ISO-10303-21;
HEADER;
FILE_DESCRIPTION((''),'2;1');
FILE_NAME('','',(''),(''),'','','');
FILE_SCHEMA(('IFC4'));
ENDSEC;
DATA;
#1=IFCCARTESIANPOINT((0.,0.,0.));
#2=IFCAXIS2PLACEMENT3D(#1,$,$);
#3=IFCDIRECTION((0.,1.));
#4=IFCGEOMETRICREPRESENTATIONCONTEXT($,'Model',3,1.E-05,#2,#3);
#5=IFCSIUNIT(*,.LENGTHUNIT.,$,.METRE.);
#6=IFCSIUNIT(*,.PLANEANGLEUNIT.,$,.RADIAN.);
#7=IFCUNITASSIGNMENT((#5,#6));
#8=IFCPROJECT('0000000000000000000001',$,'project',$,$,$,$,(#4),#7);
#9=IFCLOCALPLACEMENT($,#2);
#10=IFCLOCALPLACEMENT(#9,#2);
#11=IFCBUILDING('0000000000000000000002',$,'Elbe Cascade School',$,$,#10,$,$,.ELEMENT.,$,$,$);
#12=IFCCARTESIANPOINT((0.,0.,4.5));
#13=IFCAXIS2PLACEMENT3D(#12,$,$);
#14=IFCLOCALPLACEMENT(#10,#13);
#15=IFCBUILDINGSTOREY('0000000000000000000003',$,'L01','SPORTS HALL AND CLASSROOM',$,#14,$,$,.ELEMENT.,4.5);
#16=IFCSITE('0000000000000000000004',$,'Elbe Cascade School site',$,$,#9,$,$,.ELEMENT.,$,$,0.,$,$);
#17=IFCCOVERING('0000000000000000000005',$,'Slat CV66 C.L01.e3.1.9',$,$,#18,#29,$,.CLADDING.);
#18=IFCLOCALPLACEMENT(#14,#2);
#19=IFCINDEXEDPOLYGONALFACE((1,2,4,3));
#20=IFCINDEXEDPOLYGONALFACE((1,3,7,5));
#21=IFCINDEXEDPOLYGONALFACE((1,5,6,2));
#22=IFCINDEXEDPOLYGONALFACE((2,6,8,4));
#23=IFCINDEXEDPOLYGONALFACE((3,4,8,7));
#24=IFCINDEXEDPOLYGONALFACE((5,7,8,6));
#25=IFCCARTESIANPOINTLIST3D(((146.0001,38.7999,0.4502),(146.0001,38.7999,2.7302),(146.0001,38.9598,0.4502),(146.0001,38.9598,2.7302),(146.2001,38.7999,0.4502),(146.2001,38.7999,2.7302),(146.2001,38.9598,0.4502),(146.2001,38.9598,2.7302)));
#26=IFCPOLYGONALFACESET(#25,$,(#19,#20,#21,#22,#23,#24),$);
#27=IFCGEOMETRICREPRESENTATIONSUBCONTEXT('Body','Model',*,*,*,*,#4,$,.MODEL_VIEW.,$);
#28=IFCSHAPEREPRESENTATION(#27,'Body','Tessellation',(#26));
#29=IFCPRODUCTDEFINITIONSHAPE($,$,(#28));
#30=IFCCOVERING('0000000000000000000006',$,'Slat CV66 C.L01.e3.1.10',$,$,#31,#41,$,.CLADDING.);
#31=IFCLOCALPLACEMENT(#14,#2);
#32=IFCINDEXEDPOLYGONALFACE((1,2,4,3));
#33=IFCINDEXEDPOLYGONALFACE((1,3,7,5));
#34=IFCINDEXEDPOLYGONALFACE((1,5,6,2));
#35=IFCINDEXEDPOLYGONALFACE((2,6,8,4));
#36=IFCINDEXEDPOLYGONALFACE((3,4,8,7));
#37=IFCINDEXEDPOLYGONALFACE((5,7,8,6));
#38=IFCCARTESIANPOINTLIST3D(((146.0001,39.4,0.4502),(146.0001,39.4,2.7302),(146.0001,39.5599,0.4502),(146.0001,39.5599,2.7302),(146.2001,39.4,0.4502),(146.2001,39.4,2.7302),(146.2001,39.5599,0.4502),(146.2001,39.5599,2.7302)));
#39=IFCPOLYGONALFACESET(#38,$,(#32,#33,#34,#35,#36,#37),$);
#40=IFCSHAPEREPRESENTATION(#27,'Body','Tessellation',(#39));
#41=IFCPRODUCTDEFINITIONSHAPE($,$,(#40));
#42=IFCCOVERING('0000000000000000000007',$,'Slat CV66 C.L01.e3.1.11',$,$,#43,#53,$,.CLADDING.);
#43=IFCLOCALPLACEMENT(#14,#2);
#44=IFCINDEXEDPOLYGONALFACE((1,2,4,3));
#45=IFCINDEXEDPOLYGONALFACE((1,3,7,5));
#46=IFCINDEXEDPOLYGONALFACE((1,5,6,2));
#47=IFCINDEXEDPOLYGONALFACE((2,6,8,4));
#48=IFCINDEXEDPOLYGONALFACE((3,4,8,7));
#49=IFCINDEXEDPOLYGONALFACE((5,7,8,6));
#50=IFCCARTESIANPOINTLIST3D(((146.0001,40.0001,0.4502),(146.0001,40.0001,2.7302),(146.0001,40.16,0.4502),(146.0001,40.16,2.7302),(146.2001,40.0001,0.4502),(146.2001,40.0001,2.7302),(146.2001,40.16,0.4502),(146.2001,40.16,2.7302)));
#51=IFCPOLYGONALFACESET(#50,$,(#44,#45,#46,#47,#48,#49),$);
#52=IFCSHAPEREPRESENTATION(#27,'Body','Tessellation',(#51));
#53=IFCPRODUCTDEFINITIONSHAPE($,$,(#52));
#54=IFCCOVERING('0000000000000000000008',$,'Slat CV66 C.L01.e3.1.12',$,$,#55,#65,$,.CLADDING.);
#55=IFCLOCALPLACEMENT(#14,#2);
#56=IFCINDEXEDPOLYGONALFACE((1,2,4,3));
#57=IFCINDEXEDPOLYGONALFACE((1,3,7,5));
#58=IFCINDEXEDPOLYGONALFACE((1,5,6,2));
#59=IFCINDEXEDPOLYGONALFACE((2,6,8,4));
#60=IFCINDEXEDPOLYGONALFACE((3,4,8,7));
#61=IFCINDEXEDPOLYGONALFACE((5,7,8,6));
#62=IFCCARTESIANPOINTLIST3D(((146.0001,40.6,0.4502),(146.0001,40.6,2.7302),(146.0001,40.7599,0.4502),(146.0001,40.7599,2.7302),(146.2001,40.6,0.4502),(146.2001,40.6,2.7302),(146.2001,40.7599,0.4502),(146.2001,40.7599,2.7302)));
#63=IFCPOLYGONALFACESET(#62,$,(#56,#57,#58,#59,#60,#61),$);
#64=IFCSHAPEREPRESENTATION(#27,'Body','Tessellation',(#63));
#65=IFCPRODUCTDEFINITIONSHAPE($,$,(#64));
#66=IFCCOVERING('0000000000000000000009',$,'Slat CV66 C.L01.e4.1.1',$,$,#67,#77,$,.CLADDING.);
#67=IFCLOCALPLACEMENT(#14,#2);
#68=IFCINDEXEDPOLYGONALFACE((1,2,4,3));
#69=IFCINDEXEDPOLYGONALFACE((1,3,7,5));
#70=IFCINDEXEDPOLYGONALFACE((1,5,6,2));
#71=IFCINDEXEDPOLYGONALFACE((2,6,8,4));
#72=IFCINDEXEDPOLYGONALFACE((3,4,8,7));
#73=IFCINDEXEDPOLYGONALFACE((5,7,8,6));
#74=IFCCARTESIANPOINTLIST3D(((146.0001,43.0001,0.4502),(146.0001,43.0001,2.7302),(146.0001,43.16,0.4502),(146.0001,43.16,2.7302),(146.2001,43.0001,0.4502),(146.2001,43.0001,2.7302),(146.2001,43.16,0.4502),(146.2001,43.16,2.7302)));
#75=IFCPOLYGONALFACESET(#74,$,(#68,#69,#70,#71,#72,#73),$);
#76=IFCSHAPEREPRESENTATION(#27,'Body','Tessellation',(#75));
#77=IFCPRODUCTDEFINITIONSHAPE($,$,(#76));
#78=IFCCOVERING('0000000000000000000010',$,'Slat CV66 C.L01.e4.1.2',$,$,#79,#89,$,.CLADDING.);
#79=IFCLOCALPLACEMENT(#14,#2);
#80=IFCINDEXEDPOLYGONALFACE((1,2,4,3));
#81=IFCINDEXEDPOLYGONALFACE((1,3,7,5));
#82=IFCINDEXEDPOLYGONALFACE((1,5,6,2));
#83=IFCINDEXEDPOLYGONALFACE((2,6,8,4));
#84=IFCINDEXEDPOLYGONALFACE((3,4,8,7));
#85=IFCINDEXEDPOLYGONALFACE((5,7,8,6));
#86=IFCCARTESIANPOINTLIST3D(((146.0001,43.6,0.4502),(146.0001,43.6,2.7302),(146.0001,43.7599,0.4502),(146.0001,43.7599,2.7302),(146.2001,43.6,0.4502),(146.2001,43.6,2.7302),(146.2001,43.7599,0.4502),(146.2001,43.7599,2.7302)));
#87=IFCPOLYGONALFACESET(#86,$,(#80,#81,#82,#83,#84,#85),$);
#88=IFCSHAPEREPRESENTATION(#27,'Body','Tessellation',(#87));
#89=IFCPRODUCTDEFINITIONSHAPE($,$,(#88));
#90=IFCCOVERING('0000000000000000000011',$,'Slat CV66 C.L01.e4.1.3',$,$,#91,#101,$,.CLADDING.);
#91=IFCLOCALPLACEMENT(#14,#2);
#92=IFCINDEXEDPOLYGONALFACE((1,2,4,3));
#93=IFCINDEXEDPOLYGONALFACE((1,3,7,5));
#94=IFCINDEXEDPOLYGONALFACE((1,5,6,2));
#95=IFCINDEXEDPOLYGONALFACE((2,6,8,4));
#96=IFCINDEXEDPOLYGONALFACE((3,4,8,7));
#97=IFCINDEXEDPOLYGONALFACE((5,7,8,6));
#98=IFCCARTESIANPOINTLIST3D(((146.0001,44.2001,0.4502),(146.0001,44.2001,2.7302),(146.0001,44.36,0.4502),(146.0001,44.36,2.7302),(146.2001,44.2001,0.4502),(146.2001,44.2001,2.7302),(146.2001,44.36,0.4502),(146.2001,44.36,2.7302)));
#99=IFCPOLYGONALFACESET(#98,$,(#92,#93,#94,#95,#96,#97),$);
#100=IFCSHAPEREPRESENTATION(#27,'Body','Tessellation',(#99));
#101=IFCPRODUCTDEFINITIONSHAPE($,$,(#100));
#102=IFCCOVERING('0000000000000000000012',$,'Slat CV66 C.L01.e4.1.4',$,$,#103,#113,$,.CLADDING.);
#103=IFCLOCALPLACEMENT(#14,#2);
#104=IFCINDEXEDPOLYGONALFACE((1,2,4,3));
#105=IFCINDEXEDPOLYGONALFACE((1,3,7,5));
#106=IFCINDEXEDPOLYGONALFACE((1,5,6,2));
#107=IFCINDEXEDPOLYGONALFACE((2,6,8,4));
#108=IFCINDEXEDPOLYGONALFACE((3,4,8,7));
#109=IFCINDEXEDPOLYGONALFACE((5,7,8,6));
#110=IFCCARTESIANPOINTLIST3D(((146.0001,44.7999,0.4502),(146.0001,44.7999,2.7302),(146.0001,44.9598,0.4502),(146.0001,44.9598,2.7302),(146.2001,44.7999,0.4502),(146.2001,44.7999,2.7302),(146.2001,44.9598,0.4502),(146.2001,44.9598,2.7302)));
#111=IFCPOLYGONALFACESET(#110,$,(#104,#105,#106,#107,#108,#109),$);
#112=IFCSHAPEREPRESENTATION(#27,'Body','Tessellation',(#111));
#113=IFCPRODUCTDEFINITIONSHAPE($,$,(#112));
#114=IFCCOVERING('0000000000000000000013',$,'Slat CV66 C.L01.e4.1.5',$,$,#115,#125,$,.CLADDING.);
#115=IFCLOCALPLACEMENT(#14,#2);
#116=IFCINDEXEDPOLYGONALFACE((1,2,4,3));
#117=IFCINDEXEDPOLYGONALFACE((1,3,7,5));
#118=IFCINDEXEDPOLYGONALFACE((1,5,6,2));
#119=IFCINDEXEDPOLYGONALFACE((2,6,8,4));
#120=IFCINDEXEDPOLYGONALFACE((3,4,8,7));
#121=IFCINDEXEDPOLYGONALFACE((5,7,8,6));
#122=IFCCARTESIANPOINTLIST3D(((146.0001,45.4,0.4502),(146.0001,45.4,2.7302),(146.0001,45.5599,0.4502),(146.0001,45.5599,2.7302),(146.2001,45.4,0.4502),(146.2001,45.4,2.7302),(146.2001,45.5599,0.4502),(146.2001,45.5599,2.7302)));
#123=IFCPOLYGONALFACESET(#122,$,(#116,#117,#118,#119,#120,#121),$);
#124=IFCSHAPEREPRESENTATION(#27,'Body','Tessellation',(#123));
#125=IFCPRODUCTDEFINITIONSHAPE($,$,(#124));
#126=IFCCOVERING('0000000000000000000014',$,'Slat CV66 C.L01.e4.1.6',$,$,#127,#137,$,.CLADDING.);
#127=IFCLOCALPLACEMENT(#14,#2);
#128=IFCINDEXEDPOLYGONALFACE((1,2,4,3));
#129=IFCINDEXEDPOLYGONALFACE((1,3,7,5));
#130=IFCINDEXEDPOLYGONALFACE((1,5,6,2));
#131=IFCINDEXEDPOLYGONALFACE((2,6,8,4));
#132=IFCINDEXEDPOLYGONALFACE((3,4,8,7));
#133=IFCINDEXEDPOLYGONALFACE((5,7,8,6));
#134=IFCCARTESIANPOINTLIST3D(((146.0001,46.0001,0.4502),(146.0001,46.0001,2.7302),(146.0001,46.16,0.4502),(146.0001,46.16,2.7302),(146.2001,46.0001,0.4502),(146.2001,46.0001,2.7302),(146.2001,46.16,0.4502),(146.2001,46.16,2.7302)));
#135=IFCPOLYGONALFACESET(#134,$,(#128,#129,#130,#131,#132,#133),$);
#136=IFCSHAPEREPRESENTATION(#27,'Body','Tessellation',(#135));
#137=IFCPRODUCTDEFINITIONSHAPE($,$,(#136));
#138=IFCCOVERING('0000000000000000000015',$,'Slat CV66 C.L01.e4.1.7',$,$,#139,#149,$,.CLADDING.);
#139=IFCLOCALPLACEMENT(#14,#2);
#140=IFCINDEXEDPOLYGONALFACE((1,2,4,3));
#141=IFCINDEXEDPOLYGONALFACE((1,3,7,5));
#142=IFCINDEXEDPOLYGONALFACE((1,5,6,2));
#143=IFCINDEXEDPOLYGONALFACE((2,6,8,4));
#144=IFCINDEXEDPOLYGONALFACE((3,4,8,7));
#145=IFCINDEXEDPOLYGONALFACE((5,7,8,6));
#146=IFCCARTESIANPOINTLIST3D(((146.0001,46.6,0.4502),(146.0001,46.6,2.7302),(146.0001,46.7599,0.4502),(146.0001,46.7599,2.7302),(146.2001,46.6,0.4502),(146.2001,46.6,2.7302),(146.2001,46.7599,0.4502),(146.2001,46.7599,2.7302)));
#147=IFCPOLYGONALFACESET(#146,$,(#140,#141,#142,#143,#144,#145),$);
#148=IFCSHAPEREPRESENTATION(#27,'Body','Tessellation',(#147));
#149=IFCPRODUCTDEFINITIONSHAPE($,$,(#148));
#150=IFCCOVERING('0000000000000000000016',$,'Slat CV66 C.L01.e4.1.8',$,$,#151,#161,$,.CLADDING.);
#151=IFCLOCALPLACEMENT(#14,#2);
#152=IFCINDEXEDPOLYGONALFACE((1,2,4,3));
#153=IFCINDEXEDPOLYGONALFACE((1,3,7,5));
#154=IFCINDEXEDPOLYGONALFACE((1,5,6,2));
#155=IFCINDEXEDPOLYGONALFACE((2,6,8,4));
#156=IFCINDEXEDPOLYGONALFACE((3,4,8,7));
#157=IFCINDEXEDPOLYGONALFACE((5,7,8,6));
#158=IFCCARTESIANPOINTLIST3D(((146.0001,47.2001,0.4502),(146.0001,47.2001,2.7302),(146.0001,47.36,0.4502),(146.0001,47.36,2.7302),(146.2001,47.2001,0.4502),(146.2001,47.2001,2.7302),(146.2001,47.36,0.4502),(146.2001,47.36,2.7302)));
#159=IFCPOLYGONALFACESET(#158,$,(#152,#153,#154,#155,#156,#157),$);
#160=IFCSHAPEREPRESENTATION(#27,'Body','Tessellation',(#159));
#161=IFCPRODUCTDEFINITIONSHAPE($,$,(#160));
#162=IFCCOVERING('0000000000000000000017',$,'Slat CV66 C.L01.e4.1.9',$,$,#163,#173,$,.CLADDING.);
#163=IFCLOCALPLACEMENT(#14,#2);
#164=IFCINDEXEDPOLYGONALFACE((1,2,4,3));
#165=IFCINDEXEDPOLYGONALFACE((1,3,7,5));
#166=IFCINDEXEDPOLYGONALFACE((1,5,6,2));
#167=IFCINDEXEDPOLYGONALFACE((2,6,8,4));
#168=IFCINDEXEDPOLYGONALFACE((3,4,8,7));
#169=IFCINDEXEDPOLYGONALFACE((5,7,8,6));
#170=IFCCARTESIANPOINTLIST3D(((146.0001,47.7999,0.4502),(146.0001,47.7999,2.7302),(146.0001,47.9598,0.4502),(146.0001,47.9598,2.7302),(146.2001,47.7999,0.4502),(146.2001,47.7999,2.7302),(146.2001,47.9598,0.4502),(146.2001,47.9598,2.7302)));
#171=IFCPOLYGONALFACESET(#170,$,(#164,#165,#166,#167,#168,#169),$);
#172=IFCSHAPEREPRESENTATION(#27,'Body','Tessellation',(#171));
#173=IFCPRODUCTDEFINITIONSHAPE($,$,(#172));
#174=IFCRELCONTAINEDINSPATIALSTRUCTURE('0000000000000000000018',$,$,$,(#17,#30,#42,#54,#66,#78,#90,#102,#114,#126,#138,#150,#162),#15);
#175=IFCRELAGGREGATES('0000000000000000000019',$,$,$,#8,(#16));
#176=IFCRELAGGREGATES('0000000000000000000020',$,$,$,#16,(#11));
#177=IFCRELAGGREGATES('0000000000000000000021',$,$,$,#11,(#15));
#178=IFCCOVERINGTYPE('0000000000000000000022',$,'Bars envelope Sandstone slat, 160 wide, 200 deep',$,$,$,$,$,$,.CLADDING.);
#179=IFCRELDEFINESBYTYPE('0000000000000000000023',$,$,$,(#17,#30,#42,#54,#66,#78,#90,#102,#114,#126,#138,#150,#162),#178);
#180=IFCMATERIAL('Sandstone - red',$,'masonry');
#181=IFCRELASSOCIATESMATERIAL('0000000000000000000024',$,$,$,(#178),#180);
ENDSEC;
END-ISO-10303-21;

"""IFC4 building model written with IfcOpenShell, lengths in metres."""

from ifc_helpers import new_model, si_unit, direction, frame, origin, origin_2d, place, context, subcontext, project, spatial, rectangle, extrude, material, type_object, element, save


model = new_model("IFC4")

# Units and contexts
model_context = context("Model", 3, precision=1e-05, world=origin(), true_north=direction((0.0, 1.0)))
body_context = subcontext(model_context, "Body", "Model", "MODEL_VIEW")
ifc_project = project(units=[si_unit("LENGTHUNIT", "METRE"), si_unit("PLANEANGLEUNIT", "RADIAN")], contexts=[model_context])

# Site, building, storey
site_placement = place(None, origin())
site = spatial("IfcSite", under=ifc_project, at=site_placement, Name="Elbe Cascade School site", CompositionType="ELEMENT", RefElevation=0.0)
building_placement = place(site_placement, origin())
building = spatial("IfcBuilding", under=site, at=building_placement, Name="Elbe Cascade School", CompositionType="ELEMENT")
storey_placement = place(building_placement, frame((0.0, 0.0, 4.5)))
storey = spatial("IfcBuildingStorey", under=building, at=storey_placement, Name="L01", Description="SPORTS HALL AND CLASSROOM", CompositionType="ELEMENT", Elevation=4.5)

# Coverings
ifc_material_1 = material(Name="Sandstone - red", Category="masonry")
covering_type_1 = type_object("IfcCoveringType", Name="Bars envelope Sandstone slat, 160 wide, 200 deep", PredefinedType="CLADDING", material=ifc_material_1)
for number, where, z_axis, x_axis, name in (
    (1, (146.1001, 38.8799, 0.4502), (0.0, 0.0, 1.0), (0.0, 1.0, 0.0), "Slat CV66 C.L01.e3.1.9"),
    (2, (146.1001, 39.48, 0.4502), (0.0, 0.0, 1.0), (0.0, 1.0, 0.0), "Slat CV66 C.L01.e3.1.10"),
    (3, (146.1001, 40.0801, 0.4502), (0.0, 0.0, 1.0), (0.0, 1.0, 0.0), "Slat CV66 C.L01.e3.1.11"),
    (4, (146.1001, 40.6799, 0.4502), (0.0, 0.0, 1.0), (0.0, 1.0, 0.0), "Slat CV66 C.L01.e3.1.12"),
    (5, (146.1001, 43.0801, 0.4502), (0.0, 0.0, 1.0), (0.0, 1.0, 0.0), "Slat CV66 C.L01.e4.1.1"),
    (6, (146.1001, 43.6799, 0.4502), (0.0, 0.0, 1.0), (0.0, 1.0, 0.0), "Slat CV66 C.L01.e4.1.2"),
    (7, (146.1001, 44.28, 0.4502), (0.0, 0.0, 1.0), (0.0, 1.0, 0.0), "Slat CV66 C.L01.e4.1.3"),
    (8, (146.1001, 44.8799, 0.4502), (0.0, 0.0, 1.0), (0.0, 1.0, 0.0), "Slat CV66 C.L01.e4.1.4"),
    (9, (146.1001, 45.48, 0.4502), (0.0, 0.0, 1.0), (0.0, 1.0, 0.0), "Slat CV66 C.L01.e4.1.5"),
    (10, (146.1001, 46.0801, 0.4502), (0.0, 0.0, 1.0), (0.0, 1.0, 0.0), "Slat CV66 C.L01.e4.1.6"),
    (11, (146.1001, 46.6799, 0.4502), (0.0, 0.0, 1.0), (0.0, 1.0, 0.0), "Slat CV66 C.L01.e4.1.7"),
    (12, (146.1001, 47.28, 0.4502), (0.0, 0.0, 1.0), (0.0, 1.0, 0.0), "Slat CV66 C.L01.e4.1.8"),
    (13, (146.1001, 47.8799, 0.4502), (0.0, 0.0, 1.0), (0.0, 1.0, 0.0), "Slat CV66 C.L01.e4.1.9"),
):
    element("IfcCovering", number, at=place(storey_placement, frame(where, z_axis=z_axis, x_axis=x_axis)), inside=storey, type_object=covering_type_1, Name=name, PredefinedType="CLADDING", context=body_context, shape_type="SweptSolid", body=[
        extrude(rectangle(XDim=0.1599, YDim=0.2, at=origin_2d()), origin(), (0.0, 0.0, 1.0), 2.28),
    ])

save(model, "model.ifc")
